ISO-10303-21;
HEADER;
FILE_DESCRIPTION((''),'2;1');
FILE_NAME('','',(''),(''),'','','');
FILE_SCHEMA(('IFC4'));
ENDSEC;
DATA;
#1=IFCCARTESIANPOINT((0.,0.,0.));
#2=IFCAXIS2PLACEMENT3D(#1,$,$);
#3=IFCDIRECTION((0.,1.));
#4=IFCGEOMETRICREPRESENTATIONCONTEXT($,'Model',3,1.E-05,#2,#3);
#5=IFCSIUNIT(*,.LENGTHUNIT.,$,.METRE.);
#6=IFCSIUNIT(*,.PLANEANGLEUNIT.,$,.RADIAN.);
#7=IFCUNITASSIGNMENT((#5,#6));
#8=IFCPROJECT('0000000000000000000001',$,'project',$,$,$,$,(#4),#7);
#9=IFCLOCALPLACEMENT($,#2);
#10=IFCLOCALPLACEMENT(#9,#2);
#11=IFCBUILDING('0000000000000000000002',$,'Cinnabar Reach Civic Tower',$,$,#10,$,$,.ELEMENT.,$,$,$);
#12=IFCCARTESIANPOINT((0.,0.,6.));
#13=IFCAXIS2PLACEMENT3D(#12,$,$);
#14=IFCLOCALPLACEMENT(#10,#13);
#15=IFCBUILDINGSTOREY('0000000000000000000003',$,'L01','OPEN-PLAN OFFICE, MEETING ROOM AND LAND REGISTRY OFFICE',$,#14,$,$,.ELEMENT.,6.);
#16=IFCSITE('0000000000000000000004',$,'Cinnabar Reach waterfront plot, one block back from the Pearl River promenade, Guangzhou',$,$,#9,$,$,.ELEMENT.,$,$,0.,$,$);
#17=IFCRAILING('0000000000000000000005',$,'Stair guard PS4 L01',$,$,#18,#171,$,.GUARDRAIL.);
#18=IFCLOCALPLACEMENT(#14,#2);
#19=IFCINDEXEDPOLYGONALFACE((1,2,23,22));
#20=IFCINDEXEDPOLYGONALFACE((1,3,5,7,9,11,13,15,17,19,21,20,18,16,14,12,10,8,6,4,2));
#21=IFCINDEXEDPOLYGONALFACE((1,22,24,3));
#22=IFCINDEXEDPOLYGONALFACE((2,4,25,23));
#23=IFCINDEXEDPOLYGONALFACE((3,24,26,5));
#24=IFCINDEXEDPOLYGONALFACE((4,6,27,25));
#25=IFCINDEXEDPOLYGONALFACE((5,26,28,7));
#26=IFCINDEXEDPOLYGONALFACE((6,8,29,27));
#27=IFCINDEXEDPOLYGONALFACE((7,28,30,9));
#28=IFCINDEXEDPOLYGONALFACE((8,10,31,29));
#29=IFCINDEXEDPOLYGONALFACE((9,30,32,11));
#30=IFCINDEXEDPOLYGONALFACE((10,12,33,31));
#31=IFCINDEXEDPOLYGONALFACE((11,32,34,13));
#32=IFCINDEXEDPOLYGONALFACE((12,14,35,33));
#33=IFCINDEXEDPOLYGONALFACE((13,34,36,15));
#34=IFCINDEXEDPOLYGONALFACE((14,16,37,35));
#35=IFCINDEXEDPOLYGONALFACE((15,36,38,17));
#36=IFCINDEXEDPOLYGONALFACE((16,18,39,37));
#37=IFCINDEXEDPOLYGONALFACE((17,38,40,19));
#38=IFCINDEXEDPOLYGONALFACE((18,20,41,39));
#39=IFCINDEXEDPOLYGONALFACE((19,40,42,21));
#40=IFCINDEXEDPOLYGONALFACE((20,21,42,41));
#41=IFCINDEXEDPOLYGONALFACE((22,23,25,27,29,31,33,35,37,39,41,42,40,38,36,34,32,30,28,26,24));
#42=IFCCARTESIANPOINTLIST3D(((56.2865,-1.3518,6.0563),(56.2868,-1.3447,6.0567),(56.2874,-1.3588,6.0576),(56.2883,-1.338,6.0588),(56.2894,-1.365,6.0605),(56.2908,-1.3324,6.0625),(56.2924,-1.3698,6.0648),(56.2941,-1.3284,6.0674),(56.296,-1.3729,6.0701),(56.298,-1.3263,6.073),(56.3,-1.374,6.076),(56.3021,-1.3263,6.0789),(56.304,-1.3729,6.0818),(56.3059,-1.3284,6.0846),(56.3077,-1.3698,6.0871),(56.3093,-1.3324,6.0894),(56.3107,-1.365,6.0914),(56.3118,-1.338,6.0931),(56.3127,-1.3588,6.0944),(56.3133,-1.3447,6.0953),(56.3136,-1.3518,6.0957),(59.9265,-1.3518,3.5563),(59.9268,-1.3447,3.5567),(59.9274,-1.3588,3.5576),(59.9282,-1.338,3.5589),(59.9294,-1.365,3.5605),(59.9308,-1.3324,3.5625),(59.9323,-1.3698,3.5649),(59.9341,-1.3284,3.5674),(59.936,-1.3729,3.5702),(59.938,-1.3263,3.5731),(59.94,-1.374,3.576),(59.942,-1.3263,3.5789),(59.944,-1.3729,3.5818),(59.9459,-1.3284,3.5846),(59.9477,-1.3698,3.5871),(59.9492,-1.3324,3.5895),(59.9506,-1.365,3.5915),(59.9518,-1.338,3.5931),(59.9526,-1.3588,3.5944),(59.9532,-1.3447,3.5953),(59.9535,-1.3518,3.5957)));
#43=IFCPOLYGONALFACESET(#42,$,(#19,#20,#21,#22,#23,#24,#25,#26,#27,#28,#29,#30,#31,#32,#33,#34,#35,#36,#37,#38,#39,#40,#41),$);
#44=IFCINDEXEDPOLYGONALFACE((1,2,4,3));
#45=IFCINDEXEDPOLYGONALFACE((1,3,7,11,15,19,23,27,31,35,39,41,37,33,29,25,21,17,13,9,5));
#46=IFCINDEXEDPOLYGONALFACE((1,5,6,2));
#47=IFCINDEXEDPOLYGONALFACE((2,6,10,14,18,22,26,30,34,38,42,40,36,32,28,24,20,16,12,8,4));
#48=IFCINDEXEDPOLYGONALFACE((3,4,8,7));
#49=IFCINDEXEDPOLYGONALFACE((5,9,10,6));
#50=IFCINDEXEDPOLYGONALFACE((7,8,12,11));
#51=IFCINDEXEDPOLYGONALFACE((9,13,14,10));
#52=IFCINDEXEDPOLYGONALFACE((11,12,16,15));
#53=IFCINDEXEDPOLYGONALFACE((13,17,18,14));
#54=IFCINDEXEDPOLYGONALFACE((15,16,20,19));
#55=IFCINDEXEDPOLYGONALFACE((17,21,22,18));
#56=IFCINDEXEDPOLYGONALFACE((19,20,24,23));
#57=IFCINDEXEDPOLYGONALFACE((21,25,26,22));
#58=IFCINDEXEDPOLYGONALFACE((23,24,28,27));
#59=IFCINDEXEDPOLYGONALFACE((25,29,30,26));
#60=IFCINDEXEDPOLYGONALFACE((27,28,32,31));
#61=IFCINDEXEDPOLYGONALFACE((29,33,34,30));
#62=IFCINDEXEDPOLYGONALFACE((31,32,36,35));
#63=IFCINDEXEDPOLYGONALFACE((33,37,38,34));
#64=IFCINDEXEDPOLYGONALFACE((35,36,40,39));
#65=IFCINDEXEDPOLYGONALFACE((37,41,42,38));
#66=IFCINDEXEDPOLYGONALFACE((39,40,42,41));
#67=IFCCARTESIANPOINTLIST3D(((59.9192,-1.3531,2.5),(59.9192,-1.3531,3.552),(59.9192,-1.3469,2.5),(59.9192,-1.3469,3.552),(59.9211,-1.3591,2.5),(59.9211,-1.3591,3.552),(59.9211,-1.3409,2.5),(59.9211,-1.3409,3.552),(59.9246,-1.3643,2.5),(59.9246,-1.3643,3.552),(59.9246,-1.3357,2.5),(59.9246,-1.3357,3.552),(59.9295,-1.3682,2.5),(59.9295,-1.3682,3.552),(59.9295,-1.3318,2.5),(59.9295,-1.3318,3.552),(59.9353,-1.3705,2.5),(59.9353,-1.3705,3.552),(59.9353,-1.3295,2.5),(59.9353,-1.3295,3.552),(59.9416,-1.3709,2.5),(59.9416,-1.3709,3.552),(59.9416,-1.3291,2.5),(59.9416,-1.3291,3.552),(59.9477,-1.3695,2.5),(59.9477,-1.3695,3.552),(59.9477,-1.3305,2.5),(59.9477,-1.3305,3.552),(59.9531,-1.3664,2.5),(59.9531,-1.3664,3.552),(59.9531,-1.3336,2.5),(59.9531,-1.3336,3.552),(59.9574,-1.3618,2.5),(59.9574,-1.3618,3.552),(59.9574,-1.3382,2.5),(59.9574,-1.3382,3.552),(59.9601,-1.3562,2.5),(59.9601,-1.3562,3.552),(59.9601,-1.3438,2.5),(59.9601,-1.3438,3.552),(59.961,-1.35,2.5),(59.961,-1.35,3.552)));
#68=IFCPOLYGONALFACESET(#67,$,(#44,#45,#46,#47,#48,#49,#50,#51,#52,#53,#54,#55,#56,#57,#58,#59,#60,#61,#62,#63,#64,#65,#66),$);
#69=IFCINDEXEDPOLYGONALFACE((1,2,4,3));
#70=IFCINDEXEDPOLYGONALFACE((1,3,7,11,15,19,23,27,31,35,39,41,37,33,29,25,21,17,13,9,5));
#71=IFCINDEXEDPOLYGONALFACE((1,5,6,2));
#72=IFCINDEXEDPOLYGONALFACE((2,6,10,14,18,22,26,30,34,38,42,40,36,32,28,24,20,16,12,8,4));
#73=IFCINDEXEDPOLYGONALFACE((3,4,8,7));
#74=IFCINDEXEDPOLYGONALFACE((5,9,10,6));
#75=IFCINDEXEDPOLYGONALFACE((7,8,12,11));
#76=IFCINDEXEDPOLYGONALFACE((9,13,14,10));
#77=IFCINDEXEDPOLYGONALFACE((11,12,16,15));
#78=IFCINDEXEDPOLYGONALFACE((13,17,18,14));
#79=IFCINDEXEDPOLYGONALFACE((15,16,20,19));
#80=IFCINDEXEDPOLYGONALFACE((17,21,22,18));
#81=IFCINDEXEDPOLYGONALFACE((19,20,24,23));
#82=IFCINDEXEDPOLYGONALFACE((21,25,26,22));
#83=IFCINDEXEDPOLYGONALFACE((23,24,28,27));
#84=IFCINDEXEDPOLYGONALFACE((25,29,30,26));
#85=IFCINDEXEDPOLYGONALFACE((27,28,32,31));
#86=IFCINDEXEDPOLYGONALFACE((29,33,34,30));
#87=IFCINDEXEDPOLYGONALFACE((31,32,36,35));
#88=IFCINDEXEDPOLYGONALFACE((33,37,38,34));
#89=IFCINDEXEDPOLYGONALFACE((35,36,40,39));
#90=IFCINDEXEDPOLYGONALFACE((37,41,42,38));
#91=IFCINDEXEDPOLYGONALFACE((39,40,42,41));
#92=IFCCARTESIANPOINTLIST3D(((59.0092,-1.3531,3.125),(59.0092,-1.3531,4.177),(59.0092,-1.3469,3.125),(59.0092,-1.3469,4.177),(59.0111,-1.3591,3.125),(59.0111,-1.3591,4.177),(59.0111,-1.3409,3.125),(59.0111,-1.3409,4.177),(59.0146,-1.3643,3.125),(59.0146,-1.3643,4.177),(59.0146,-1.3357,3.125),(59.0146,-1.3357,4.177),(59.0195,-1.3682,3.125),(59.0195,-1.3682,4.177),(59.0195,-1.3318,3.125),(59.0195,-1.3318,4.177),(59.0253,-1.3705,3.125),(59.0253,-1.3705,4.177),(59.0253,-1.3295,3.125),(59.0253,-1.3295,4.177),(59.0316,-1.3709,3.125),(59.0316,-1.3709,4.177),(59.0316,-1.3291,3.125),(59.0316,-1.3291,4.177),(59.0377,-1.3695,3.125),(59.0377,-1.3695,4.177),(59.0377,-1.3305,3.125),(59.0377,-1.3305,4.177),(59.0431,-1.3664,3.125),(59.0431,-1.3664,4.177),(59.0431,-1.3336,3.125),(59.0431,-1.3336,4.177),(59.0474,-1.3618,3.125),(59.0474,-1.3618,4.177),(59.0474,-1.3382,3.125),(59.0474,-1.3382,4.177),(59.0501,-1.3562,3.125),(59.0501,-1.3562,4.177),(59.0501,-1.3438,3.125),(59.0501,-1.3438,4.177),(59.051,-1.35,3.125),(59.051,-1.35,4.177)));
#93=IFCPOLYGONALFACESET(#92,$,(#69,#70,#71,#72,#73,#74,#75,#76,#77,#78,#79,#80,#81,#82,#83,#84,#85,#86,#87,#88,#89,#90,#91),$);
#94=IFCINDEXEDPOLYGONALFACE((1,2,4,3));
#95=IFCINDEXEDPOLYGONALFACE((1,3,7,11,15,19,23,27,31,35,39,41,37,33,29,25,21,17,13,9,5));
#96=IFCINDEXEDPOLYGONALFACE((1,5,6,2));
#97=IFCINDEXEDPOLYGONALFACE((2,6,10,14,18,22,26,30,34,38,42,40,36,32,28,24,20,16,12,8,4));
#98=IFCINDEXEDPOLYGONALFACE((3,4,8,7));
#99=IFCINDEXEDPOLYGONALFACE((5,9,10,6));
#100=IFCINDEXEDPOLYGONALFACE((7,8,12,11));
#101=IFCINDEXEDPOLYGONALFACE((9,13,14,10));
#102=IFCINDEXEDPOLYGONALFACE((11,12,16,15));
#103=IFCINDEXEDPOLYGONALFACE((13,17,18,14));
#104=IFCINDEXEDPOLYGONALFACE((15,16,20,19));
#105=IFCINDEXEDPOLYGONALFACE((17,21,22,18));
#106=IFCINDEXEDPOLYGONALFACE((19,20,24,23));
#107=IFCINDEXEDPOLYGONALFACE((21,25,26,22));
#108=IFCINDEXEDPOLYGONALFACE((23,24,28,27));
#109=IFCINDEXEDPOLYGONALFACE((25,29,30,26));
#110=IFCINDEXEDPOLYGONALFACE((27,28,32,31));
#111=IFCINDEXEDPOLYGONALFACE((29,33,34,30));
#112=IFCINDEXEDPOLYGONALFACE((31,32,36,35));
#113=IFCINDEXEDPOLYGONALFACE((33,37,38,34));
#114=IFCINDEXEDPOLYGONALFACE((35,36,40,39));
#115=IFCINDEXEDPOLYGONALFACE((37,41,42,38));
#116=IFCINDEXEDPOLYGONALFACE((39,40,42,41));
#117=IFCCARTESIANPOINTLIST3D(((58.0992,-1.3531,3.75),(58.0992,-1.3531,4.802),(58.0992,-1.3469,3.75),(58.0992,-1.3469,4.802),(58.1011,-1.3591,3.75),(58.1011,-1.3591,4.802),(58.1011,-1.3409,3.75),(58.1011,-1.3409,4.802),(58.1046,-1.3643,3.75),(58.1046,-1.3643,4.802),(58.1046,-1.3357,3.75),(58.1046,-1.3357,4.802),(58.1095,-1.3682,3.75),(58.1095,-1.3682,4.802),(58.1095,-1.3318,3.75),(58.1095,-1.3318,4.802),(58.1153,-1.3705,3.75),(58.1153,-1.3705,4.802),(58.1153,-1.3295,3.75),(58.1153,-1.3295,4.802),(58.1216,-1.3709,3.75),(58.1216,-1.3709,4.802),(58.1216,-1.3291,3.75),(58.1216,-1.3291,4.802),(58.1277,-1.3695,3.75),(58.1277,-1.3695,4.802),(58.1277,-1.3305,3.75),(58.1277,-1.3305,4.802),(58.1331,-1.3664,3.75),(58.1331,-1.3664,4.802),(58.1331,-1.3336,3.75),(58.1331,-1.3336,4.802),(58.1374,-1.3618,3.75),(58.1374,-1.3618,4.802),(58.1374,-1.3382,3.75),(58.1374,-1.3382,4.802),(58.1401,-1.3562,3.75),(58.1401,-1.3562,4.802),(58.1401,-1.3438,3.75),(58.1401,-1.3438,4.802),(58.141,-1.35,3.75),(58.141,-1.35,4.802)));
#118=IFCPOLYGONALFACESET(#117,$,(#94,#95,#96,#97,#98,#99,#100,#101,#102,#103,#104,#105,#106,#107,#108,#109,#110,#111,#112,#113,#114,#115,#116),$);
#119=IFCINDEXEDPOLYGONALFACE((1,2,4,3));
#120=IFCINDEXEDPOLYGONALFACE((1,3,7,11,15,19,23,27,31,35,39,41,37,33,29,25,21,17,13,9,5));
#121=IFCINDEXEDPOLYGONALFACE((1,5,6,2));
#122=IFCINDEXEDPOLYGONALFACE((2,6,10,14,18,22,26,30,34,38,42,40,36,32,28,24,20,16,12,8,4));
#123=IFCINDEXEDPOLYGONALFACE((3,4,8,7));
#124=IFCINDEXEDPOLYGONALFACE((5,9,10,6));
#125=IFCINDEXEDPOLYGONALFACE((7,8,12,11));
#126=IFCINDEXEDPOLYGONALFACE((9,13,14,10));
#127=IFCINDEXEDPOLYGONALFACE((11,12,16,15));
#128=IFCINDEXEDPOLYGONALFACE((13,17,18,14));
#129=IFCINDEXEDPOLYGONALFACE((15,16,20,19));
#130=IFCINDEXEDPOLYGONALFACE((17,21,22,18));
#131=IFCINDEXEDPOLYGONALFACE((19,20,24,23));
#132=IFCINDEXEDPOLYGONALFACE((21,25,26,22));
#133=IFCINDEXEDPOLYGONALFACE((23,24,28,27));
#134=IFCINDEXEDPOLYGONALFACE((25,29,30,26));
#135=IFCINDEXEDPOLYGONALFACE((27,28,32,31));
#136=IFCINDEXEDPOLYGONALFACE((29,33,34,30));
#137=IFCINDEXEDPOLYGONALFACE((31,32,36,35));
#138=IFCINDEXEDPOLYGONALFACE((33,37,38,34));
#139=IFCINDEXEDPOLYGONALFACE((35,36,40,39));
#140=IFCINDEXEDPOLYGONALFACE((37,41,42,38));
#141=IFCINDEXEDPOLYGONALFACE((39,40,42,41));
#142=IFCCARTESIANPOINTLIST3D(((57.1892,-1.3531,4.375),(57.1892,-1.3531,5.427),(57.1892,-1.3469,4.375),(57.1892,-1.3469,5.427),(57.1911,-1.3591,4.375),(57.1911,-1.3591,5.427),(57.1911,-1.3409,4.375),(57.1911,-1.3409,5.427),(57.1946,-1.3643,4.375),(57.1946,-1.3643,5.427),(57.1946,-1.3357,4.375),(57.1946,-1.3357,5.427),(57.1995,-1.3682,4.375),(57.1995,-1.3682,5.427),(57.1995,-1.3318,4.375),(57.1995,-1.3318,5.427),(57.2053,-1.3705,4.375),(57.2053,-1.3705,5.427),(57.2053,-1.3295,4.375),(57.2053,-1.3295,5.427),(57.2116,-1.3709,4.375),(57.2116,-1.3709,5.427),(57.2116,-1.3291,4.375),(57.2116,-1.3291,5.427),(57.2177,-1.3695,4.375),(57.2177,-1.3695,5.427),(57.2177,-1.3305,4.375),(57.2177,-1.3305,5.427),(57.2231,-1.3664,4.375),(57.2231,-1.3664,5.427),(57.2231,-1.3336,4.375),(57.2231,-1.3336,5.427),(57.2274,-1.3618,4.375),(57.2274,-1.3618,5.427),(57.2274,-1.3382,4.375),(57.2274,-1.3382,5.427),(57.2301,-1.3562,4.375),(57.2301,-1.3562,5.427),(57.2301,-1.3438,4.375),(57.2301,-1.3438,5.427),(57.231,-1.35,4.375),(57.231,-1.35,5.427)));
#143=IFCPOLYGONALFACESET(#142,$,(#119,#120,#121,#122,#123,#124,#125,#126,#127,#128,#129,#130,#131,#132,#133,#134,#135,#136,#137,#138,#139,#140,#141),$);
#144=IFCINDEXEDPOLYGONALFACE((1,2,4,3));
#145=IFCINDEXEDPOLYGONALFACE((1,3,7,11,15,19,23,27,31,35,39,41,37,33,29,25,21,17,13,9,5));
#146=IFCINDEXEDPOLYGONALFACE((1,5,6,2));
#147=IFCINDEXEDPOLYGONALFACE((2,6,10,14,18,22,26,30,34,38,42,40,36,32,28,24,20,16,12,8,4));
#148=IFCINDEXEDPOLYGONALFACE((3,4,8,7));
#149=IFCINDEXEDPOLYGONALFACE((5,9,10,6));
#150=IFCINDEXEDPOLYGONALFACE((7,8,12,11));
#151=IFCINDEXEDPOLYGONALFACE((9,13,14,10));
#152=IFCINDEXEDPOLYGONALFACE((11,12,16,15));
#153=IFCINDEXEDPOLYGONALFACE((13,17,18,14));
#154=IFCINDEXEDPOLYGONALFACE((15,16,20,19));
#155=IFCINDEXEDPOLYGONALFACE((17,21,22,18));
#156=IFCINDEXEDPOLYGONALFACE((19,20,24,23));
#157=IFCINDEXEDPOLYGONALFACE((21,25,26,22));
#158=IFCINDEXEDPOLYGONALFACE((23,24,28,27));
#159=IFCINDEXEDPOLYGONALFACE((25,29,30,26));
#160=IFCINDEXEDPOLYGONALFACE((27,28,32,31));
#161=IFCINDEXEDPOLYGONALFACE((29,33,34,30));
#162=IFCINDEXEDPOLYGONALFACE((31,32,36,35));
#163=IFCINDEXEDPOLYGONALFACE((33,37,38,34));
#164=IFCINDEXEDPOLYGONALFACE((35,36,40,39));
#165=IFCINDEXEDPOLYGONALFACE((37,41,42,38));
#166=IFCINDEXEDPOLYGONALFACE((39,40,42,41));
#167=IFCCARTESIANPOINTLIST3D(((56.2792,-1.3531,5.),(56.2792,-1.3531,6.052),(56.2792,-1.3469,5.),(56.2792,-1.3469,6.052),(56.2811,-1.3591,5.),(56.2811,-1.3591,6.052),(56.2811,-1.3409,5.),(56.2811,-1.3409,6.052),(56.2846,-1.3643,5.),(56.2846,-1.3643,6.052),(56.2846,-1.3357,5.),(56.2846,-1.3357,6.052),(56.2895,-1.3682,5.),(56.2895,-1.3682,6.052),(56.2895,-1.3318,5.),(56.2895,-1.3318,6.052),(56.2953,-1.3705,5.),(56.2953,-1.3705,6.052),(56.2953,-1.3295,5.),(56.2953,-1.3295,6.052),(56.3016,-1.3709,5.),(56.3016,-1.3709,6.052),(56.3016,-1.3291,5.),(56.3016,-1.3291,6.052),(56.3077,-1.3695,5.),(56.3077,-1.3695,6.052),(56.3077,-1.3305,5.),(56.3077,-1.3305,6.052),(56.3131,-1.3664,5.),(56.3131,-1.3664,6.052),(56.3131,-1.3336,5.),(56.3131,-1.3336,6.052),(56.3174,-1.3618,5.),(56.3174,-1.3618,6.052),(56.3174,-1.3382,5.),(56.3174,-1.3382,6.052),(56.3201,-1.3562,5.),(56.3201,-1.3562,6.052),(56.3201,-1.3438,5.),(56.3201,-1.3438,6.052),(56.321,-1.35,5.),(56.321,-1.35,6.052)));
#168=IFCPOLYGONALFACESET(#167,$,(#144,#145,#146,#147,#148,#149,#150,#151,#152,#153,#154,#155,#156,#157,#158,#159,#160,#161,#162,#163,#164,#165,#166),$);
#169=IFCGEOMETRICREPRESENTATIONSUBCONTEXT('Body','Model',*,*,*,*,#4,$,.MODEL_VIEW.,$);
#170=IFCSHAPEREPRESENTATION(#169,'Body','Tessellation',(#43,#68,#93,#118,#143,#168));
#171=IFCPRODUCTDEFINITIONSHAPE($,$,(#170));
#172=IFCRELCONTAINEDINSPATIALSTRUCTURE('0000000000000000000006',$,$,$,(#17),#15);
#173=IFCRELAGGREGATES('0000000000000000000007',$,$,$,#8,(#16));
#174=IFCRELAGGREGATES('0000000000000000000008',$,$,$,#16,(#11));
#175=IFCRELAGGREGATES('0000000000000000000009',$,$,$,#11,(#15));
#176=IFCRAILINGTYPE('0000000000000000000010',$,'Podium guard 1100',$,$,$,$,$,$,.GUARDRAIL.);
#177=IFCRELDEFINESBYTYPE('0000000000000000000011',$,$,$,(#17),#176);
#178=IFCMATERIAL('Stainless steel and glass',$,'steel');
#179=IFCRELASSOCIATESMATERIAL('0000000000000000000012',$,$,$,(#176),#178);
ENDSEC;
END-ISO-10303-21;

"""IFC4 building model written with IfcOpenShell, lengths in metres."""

from ifc_helpers import new_model, si_unit, direction, frame, origin, origin_2d, place, context, subcontext, project, spatial, circle, extrude, material, type_object, element, save


model = new_model("IFC4")

# Units and contexts
model_context = context("Model", 3, precision=1e-05, world=origin(), true_north=direction((0.0, 1.0)))
body_context = subcontext(model_context, "Body", "Model", "MODEL_VIEW")
ifc_project = project(units=[si_unit("LENGTHUNIT", "METRE"), si_unit("PLANEANGLEUNIT", "RADIAN")], contexts=[model_context])

# Site, building, storey
site_placement = place(None, origin())
site = spatial("IfcSite", under=ifc_project, at=site_placement, Name="Cinnabar Reach waterfront plot, one block back from the Pearl River promenade, Guangzhou", CompositionType="ELEMENT", RefElevation=0.0)
building_placement = place(site_placement, origin())
building = spatial("IfcBuilding", under=site, at=building_placement, Name="Cinnabar Reach Civic Tower", CompositionType="ELEMENT")
storey_placement = place(building_placement, frame((0.0, 0.0, 6.0)))
storey = spatial("IfcBuildingStorey", under=building, at=storey_placement, Name="L01", Description="OPEN-PLAN OFFICE, MEETING ROOM AND LAND REGISTRY OFFICE", CompositionType="ELEMENT", Elevation=6.0)

# Railing
ifc_material_1 = material(Name="Stainless steel and glass", Category="steel")
railing_type = type_object("IfcRailingType", Name="Podium guard 1100", PredefinedType="GUARDRAIL", material=ifc_material_1)
railing_1_placement = place(storey_placement, frame((59.94, -1.35, 2.5)))
element("IfcRailing", 1, at=railing_1_placement, inside=storey, type_object=railing_type, Name="Stair guard PS4 L01", PredefinedType="GUARDRAIL", context=body_context, shape_type="SweptSolid", body=[
    extrude(circle(Radius=0.024, at=origin_2d()), frame((0.0, 0.0, 1.076), z_axis=(-0.824306, 0.0, 0.566144), x_axis=(0.0, -1.0, 0.0)), (0.0, 0.0, 1.0), 4.4158),
    extrude(circle(Radius=0.021, at=origin_2d()), origin(), (0.0, 0.0, 1.0), 1.052),
    extrude(circle(Radius=0.021, at=origin_2d()), frame((-0.91, 0.0, 0.625)), (0.0, 0.0, 1.0), 1.052),
    extrude(circle(Radius=0.021, at=origin_2d()), frame((-1.82, 0.0, 1.25)), (0.0, 0.0, 1.0), 1.052),
    extrude(circle(Radius=0.021, at=origin_2d()), frame((-2.73, 0.0, 1.875)), (0.0, 0.0, 1.0), 1.052),
    extrude(circle(Radius=0.021, at=origin_2d()), frame((-3.64, 0.0, 2.5)), (0.0, 0.0, 1.0), 1.052),
])

save(model, "model.ifc")
